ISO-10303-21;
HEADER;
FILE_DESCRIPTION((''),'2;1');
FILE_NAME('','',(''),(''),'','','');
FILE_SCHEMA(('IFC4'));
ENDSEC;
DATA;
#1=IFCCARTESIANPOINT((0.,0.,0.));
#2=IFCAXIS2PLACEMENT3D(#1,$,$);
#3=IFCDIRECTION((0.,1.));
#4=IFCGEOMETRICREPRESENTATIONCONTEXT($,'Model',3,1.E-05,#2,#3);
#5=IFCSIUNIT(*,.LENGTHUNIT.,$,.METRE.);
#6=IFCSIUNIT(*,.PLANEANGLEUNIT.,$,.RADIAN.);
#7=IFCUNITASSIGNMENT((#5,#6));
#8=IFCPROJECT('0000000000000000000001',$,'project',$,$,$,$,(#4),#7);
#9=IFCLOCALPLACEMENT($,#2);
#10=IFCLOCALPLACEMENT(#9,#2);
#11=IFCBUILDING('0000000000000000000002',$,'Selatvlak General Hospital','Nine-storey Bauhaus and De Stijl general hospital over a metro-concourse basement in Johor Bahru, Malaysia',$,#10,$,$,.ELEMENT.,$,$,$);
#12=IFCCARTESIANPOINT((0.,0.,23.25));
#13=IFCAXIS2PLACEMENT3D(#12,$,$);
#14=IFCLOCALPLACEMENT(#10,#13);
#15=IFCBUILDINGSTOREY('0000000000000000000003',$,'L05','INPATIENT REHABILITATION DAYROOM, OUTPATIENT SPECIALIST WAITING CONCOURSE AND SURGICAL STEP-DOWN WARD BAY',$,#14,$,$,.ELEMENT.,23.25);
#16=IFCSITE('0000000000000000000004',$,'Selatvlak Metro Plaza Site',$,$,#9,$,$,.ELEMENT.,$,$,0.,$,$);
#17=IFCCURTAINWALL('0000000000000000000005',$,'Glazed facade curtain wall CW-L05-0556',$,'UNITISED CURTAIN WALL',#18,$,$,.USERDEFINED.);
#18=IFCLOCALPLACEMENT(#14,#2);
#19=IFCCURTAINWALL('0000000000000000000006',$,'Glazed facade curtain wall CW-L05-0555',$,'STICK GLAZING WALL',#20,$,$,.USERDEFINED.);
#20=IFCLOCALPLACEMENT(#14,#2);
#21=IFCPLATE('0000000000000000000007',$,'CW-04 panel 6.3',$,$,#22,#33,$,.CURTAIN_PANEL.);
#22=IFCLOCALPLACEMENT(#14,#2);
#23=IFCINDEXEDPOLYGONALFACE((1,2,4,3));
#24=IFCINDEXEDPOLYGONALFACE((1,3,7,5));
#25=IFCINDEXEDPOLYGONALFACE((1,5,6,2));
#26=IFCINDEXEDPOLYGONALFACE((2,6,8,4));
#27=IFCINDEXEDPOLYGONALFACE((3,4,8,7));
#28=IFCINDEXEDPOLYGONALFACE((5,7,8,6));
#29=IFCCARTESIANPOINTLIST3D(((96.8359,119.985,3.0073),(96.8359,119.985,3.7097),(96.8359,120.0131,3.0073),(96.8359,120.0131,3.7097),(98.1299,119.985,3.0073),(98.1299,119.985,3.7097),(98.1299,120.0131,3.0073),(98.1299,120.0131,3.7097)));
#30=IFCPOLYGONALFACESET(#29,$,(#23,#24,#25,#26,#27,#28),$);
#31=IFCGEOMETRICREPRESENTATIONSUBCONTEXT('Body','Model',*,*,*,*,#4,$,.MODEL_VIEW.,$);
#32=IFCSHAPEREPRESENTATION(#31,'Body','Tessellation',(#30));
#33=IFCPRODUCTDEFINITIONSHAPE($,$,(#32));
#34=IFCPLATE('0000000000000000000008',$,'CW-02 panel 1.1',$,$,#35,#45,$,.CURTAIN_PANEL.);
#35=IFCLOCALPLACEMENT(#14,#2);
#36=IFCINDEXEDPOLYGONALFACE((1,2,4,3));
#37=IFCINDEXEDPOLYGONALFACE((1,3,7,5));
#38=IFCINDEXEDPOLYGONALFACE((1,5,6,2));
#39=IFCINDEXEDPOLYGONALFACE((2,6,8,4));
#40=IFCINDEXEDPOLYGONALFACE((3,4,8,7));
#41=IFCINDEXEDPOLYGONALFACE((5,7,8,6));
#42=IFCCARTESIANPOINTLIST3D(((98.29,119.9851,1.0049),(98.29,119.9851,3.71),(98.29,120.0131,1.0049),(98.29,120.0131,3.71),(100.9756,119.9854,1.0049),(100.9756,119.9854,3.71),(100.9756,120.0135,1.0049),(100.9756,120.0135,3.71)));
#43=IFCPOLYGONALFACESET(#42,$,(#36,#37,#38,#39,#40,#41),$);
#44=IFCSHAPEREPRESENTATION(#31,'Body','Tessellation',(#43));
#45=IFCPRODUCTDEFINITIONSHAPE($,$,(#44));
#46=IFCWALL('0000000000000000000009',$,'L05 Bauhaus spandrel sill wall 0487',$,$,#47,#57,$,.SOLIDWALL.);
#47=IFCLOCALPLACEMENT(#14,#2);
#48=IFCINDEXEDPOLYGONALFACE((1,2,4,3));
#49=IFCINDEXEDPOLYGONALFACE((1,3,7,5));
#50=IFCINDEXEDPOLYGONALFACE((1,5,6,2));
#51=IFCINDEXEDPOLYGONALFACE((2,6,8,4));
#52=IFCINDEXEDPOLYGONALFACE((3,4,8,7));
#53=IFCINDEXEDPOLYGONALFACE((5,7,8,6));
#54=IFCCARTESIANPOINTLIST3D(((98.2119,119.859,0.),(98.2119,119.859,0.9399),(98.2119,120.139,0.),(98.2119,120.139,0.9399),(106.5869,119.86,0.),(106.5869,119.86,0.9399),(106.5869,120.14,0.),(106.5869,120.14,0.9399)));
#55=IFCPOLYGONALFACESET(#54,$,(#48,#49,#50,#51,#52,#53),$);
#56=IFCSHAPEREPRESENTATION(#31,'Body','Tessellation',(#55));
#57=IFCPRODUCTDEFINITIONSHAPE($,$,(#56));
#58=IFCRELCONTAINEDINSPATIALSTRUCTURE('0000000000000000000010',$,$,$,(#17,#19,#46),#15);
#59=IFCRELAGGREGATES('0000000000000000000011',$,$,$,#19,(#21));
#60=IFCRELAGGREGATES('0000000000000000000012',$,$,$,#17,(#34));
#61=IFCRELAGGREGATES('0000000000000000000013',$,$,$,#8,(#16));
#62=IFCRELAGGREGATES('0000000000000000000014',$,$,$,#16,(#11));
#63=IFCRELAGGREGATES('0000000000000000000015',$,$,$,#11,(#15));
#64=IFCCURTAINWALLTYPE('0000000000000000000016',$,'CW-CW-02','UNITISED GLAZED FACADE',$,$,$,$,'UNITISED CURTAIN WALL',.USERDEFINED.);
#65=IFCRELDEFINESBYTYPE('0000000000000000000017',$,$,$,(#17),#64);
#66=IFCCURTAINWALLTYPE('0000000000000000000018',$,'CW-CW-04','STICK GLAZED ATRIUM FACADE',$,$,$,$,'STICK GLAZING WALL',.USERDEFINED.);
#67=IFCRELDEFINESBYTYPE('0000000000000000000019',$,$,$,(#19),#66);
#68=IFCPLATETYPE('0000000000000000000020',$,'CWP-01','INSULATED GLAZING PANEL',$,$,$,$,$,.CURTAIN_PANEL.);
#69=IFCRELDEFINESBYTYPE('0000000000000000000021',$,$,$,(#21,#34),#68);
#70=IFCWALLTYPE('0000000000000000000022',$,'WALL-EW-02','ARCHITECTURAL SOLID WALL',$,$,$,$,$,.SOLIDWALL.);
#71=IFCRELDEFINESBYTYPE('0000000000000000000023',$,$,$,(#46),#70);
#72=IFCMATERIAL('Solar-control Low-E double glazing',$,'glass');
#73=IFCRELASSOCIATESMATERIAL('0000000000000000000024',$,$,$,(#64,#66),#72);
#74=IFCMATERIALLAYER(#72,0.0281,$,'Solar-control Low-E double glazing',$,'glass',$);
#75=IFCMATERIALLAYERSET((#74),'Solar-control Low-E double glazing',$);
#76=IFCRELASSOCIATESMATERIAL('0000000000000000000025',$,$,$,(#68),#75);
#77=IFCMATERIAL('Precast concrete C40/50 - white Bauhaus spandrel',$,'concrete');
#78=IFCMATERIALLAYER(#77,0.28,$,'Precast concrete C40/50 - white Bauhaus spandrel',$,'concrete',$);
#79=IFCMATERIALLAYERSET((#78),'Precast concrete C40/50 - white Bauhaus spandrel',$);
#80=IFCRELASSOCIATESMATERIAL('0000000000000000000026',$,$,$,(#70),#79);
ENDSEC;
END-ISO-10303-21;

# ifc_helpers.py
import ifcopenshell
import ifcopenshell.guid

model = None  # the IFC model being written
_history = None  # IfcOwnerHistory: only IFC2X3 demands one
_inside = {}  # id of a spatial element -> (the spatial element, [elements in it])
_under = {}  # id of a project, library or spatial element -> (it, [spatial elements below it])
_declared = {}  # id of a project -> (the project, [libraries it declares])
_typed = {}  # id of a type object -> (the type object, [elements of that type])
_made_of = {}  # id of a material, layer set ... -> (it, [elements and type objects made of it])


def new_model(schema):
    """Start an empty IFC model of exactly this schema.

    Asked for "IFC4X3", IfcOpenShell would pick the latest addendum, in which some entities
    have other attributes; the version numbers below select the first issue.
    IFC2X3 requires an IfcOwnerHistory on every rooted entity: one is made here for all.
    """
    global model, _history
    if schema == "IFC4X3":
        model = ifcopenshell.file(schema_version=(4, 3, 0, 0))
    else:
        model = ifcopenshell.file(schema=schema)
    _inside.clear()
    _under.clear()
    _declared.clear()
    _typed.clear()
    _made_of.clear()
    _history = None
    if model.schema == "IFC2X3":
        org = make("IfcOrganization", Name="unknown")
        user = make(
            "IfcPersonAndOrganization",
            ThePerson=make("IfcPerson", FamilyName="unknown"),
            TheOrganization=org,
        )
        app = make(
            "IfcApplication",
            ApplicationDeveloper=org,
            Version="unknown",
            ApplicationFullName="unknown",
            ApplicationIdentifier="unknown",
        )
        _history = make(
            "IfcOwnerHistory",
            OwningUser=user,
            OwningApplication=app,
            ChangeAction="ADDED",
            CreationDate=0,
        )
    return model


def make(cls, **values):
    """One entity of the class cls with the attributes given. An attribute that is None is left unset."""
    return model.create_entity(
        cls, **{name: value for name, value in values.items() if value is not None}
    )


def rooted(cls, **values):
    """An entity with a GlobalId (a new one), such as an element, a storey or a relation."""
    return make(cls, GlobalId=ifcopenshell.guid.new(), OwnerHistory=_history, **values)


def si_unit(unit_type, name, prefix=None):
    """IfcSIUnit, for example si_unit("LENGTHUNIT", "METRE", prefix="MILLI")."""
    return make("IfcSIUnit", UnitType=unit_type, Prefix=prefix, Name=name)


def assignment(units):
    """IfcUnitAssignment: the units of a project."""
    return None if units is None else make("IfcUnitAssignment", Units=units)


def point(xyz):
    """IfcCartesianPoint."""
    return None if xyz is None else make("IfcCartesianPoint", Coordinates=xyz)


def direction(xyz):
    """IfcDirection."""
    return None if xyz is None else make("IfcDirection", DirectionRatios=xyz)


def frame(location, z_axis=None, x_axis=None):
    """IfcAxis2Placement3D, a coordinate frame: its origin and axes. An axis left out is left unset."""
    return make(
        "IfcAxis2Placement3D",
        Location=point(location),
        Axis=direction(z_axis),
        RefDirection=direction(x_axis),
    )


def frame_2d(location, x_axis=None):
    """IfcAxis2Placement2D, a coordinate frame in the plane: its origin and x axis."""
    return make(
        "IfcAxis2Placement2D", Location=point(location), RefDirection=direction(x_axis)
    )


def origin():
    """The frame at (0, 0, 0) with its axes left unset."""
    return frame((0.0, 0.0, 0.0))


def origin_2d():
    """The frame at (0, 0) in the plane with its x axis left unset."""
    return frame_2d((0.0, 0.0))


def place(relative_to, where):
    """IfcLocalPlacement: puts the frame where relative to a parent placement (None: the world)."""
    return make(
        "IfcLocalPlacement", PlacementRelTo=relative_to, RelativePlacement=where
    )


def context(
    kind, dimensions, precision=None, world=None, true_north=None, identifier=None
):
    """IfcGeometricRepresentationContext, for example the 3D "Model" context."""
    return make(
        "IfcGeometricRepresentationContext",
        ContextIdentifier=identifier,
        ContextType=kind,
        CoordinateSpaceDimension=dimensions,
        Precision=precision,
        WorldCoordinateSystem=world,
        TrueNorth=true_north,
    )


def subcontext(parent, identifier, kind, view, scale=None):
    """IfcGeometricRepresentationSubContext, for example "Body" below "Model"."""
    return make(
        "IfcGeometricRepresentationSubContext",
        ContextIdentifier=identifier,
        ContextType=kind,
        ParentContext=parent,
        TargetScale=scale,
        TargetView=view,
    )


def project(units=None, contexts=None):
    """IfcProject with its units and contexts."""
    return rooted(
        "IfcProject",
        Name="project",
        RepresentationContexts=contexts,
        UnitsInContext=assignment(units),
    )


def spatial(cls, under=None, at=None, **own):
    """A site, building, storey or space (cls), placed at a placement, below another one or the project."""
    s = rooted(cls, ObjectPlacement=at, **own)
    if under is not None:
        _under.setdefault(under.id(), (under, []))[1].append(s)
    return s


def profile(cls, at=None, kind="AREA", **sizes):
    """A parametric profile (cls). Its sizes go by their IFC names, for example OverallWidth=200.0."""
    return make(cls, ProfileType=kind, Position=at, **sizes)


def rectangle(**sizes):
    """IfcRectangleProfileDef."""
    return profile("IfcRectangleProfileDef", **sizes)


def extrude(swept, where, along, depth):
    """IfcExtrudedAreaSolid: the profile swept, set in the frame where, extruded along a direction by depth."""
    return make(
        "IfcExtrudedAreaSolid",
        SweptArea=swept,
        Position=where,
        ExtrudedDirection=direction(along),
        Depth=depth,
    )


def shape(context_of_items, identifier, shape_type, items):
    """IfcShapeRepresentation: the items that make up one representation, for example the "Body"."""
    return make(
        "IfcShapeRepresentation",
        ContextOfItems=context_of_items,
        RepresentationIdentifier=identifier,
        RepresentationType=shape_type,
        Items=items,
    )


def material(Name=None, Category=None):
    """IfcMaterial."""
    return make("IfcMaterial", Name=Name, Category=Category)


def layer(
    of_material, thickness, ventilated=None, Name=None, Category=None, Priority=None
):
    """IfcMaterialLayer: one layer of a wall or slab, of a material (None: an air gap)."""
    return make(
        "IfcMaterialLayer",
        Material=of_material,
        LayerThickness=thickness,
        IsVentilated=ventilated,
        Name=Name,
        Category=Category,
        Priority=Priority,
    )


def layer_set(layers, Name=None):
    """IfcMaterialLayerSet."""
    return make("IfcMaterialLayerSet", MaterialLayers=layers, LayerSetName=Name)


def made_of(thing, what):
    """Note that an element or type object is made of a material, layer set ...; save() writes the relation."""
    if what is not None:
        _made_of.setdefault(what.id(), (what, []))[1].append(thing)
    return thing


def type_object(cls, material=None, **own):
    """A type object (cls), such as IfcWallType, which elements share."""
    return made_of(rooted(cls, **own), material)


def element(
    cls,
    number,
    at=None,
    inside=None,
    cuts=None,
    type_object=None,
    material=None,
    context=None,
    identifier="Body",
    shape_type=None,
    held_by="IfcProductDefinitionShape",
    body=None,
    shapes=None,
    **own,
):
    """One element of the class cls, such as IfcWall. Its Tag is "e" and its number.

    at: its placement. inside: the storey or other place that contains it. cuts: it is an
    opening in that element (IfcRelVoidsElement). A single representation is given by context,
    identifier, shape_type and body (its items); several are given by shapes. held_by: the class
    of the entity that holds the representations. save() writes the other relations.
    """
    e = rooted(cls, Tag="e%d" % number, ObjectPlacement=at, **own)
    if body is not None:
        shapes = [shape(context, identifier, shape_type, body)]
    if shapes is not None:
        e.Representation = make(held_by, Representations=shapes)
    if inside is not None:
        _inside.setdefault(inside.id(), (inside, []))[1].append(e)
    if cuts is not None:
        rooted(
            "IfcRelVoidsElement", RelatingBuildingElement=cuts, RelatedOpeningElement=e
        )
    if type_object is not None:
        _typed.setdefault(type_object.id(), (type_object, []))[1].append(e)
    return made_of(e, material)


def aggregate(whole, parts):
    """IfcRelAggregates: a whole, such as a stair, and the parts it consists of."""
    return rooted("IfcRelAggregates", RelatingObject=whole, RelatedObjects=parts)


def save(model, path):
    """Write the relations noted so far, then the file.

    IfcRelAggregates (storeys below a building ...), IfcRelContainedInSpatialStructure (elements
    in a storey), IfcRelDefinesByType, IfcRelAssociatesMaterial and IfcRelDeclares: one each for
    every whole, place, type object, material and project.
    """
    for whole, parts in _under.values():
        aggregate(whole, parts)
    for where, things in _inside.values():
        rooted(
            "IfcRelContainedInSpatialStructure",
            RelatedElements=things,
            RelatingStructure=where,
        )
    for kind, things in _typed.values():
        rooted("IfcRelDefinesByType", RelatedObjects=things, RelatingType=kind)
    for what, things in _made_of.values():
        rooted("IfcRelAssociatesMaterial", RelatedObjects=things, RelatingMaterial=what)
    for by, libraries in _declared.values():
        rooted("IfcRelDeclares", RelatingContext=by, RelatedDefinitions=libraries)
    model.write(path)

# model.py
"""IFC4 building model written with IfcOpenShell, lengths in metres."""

from ifc_helpers import new_model, si_unit, direction, frame, frame_2d, origin, origin_2d, place, context, subcontext, project, spatial, rectangle, extrude, material, layer, layer_set, type_object, element, aggregate, save


model = new_model("IFC4")

# Units and contexts
model_context = context("Model", 3, precision=1e-05, world=origin(), true_north=direction((0.0, 1.0)))
body_context = subcontext(model_context, "Body", "Model", "MODEL_VIEW")
ifc_project = project(units=[si_unit("LENGTHUNIT", "METRE"), si_unit("PLANEANGLEUNIT", "RADIAN")], contexts=[model_context])

# Site, building, storey
site_placement = place(None, origin())
site = spatial("IfcSite", under=ifc_project, at=site_placement, Name="Selatvlak Metro Plaza Site", CompositionType="ELEMENT", RefElevation=0.0)
building_placement = place(site_placement, origin())
building = spatial("IfcBuilding", under=site, at=building_placement, Name="Selatvlak General Hospital", Description="Nine-storey Bauhaus and De Stijl general hospital over a metro-concourse basement in Johor Bahru, Malaysia", CompositionType="ELEMENT")
storey_placement = place(building_placement, frame((0.0, 0.0, 23.25)))
storey = spatial("IfcBuildingStorey", under=building, at=storey_placement, Name="L05", Description="INPATIENT REHABILITATION DAYROOM, OUTPATIENT SPECIALIST WAITING CONCOURSE AND SURGICAL STEP-DOWN WARD BAY", CompositionType="ELEMENT", Elevation=23.25)

# Curtain walls
ifc_material_1 = material(Name="Solar-control Low-E double glazing", Category="glass")
curtain_wall_type_1 = type_object("IfcCurtainWallType", Name="CW-CW-02", Description="UNITISED GLAZED FACADE", ElementType="UNITISED CURTAIN WALL", PredefinedType="USERDEFINED", material=ifc_material_1)
curtain_wall_1_placement = place(storey_placement, origin())
curtain_wall_1 = element("IfcCurtainWall", 1, at=curtain_wall_1_placement, inside=storey, type_object=curtain_wall_type_1, Name="Glazed facade curtain wall CW-L05-0556", ObjectType="UNITISED CURTAIN WALL", PredefinedType="USERDEFINED")
curtain_wall_type_2 = type_object("IfcCurtainWallType", Name="CW-CW-04", Description="STICK GLAZED ATRIUM FACADE", ElementType="STICK GLAZING WALL", PredefinedType="USERDEFINED", material=ifc_material_1)
curtain_wall_2_placement = place(storey_placement, origin())
curtain_wall_2 = element("IfcCurtainWall", 2, at=curtain_wall_2_placement, inside=storey, type_object=curtain_wall_type_2, Name="Glazed facade curtain wall CW-L05-0555", ObjectType="STICK GLAZING WALL", PredefinedType="USERDEFINED")

# Plates
ifc_layer_1 = layer(ifc_material_1, 0.0281, Name="Solar-control Low-E double glazing", Category="glass")
ifc_layer_set_1 = layer_set([ifc_layer_1], Name="Solar-control Low-E double glazing")
plate_type = type_object("IfcPlateType", Name="CWP-01", Description="INSULATED GLAZING PANEL", PredefinedType="CURTAIN_PANEL", material=ifc_layer_set_1)
plate_1_placement = place(storey_placement, frame((97.4829, 119.999, 3.0073), z_axis=(0.0, 0.0, 1.0), x_axis=(1.0, 0.0, 0.0)))
plate_1 = element("IfcPlate", 3, at=plate_1_placement, type_object=plate_type, Name="CW-04 panel 6.3", PredefinedType="CURTAIN_PANEL", context=body_context, shape_type="SweptSolid", body=[
    extrude(rectangle(XDim=1.2939, YDim=0.0281, at=origin_2d()), origin(), (0.0, 0.0, 1.0), 0.7024),
])
aggregate(curtain_wall_2, [plate_1])
plate_2_placement = place(storey_placement, frame((99.6328, 119.9993, 1.0049), z_axis=(0.0, 0.0, 1.0), x_axis=(1.0, 0.00012, 0.0)))
plate_2 = element("IfcPlate", 4, at=plate_2_placement, type_object=plate_type, Name="CW-02 panel 1.1", PredefinedType="CURTAIN_PANEL", context=body_context, shape_type="SweptSolid", body=[
    extrude(rectangle(XDim=2.6855, YDim=0.0281, at=origin_2d()), origin(), (0.0, 0.0, 1.0), 2.7051),
])
aggregate(curtain_wall_1, [plate_2])

# Wall
ifc_material_2 = material(Name="Precast concrete C40/50 - white Bauhaus spandrel", Category="concrete")
ifc_layer_2 = layer(ifc_material_2, 0.28, Name="Precast concrete C40/50 - white Bauhaus spandrel", Category="concrete")
ifc_layer_set_2 = layer_set([ifc_layer_2], Name="Precast concrete C40/50 - white Bauhaus spandrel")
wall_type = type_object("IfcWallType", Name="WALL-EW-02", Description="ARCHITECTURAL SOLID WALL", PredefinedType="SOLIDWALL", material=ifc_layer_set_2)
wall_placement = place(storey_placement, frame((98.2119, 119.999, 0.0), z_axis=(0.0, 0.0, 1.0), x_axis=(1.0, 0.000117, 0.0)))
element("IfcWall", 5, at=wall_placement, inside=storey, type_object=wall_type, Name="L05 Bauhaus spandrel sill wall 0487", PredefinedType="SOLIDWALL", context=body_context, shape_type="SweptSolid", body=[
    extrude(rectangle(XDim=8.375, YDim=0.28, at=frame_2d((4.1875, 0.0))), origin(), (0.0, 0.0, 1.0), 0.9399),
])

save(model, "model.ifc")
